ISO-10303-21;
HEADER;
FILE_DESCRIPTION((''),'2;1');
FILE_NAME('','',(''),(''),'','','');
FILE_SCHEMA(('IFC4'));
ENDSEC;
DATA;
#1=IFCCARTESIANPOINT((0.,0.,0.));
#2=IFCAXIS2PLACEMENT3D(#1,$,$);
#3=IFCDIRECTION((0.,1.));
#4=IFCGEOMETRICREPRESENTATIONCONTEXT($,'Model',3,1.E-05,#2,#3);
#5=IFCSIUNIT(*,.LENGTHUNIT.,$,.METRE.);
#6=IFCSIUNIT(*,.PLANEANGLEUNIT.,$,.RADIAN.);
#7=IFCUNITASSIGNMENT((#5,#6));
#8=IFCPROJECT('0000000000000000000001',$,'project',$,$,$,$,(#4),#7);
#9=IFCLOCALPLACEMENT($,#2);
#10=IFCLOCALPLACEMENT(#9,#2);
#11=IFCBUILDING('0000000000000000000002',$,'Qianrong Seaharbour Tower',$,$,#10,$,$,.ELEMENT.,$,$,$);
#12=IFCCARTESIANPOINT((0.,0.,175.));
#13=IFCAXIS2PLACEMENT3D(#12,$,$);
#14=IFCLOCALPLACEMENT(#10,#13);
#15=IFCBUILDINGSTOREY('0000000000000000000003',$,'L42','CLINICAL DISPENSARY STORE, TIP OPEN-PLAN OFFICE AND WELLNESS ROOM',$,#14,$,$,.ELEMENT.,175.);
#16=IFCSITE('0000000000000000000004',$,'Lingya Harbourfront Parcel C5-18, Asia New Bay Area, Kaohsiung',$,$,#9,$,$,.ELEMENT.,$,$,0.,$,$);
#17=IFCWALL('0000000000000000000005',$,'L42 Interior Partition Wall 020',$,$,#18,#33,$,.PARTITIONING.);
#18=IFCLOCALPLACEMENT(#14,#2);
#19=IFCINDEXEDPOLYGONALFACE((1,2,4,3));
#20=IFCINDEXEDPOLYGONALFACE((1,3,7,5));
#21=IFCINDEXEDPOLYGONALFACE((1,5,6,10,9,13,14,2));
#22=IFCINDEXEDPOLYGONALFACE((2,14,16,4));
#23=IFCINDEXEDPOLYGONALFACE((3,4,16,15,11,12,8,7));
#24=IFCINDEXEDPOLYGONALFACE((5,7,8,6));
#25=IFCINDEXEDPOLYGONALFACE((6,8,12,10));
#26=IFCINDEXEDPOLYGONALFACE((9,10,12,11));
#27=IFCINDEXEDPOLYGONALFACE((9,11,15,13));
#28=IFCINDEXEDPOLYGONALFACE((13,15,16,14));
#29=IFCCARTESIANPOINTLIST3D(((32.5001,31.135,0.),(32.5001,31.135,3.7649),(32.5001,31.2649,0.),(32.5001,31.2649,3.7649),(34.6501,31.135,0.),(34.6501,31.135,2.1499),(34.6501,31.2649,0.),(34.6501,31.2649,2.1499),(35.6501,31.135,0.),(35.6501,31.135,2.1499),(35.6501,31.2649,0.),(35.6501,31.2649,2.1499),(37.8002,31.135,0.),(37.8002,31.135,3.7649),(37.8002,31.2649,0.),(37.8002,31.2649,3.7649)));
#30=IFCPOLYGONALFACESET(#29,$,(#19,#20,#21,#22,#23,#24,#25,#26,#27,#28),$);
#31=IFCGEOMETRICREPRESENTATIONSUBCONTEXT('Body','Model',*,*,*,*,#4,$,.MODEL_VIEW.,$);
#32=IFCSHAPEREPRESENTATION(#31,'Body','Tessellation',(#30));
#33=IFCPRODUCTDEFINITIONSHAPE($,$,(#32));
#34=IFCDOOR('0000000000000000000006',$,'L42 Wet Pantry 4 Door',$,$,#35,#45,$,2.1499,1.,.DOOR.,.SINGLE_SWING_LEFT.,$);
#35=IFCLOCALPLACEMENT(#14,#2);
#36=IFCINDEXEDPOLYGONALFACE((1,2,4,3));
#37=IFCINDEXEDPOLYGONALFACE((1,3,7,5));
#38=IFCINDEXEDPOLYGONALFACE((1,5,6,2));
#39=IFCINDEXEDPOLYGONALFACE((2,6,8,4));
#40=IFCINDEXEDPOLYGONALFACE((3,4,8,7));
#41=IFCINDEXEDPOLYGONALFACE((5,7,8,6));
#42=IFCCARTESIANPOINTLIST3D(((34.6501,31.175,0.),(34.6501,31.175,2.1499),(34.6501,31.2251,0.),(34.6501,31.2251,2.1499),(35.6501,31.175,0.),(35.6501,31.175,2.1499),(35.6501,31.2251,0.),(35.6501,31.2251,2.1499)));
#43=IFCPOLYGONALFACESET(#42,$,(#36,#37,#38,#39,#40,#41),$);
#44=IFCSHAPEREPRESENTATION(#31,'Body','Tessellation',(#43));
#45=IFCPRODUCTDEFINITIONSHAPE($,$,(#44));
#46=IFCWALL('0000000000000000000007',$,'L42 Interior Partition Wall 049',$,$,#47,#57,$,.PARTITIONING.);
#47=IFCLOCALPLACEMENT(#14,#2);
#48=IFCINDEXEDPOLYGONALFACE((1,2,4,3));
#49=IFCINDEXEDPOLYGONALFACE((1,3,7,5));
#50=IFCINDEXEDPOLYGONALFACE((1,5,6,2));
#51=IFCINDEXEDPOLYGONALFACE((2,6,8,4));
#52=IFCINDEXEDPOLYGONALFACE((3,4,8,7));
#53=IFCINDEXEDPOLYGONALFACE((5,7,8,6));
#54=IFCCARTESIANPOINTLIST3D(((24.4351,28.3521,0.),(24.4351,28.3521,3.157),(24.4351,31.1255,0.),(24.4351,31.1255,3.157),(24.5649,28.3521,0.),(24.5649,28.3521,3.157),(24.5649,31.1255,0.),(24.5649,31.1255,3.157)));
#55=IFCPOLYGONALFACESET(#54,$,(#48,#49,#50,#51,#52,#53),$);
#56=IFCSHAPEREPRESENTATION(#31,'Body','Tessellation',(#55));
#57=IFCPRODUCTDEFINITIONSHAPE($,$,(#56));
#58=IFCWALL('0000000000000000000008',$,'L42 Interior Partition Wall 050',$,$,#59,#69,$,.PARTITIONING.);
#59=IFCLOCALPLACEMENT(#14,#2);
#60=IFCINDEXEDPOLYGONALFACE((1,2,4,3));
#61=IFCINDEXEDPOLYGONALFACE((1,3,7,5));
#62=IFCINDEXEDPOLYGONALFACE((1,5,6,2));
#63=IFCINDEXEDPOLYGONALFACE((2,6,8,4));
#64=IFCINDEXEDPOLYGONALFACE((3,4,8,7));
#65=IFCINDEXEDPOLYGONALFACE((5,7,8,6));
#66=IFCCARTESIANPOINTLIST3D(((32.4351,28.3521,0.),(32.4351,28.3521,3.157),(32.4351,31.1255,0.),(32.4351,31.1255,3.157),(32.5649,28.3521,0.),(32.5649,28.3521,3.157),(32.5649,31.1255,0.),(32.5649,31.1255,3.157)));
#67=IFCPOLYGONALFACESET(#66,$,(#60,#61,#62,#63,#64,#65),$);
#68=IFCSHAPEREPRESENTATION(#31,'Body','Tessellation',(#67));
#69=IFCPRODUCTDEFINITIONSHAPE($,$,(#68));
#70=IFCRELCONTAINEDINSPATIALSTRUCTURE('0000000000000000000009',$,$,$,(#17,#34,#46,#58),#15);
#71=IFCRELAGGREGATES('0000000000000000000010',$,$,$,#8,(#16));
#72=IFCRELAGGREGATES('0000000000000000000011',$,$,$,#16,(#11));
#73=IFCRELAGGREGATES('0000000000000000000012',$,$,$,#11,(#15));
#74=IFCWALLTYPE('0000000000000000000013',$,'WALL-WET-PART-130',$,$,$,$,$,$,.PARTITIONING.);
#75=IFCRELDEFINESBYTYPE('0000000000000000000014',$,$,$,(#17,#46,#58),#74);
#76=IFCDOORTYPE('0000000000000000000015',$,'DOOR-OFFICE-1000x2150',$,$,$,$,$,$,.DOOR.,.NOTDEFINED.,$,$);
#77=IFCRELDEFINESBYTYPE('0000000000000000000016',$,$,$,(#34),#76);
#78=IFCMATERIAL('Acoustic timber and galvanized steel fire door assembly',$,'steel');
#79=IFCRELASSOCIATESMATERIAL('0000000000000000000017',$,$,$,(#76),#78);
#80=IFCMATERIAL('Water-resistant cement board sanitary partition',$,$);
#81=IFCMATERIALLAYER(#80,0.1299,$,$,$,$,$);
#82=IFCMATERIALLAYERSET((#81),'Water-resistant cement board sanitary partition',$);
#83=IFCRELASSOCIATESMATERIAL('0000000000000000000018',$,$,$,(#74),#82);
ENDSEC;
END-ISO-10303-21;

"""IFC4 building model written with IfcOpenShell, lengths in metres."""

from ifc_helpers import new_model, si_unit, direction, frame, frame_2d, origin, place, context, subcontext, project, spatial, rectangle, extrude, material, layer, layer_set, type_object, element, fill, save


model = new_model("IFC4")

# Units and contexts
model_context = context("Model", 3, precision=1e-05, world=origin(), true_north=direction((0.0, 1.0)))
body_context = subcontext(model_context, "Body", "Model", "MODEL_VIEW")
ifc_project = project(units=[si_unit("LENGTHUNIT", "METRE"), si_unit("PLANEANGLEUNIT", "RADIAN")], contexts=[model_context])

# Site, building, storey
site_placement = place(None, origin())
site = spatial("IfcSite", under=ifc_project, at=site_placement, Name="Lingya Harbourfront Parcel C5-18, Asia New Bay Area, Kaohsiung", CompositionType="ELEMENT", RefElevation=0.0)
building_placement = place(site_placement, origin())
building = spatial("IfcBuilding", under=site, at=building_placement, Name="Qianrong Seaharbour Tower", CompositionType="ELEMENT")
storey_placement = place(building_placement, frame((0.0, 0.0, 175.0)))
storey = spatial("IfcBuildingStorey", under=building, at=storey_placement, Name="L42", Description="CLINICAL DISPENSARY STORE, TIP OPEN-PLAN OFFICE AND WELLNESS ROOM", CompositionType="ELEMENT", Elevation=175.0)

# Shared definitions
ifc_material_1 = material(Name="Acoustic timber and galvanized steel fire door assembly", Category="steel")
door_type = type_object("IfcDoorType", Name="DOOR-OFFICE-1000x2150", OperationType="NOTDEFINED", PredefinedType="DOOR", material=ifc_material_1)

# Wall, opening, door
ifc_material_2 = material(Name="Water-resistant cement board sanitary partition")
ifc_layer_1 = layer(ifc_material_2, 0.1299)
ifc_layer_set_1 = layer_set([ifc_layer_1], Name="Water-resistant cement board sanitary partition")
wall_type_1 = type_object("IfcWallType", Name="WALL-WET-PART-130", PredefinedType="PARTITIONING", material=ifc_layer_set_1)
wall_1_placement = place(storey_placement, frame((37.8, 31.2, 0.0), z_axis=(0.0, 0.0, 1.0), x_axis=(-1.0, 0.0, 0.0)))
wall_1 = element("IfcWall", 1, at=wall_1_placement, inside=storey, type_object=wall_type_1, Name="L42 Interior Partition Wall 020", PredefinedType="PARTITIONING", context=body_context, shape_type="SweptSolid", body=[
    extrude(rectangle(XDim=5.3, YDim=0.1299, at=frame_2d((2.6499, 0.0))), origin(), (0.0, 0.0, 1.0), 3.7649),
])
opening_1_placement = place(wall_1_placement, frame((2.1499, 0.0, 0.0)))
opening_1 = element("IfcOpeningElement", 2, at=opening_1_placement, cuts=wall_1, PredefinedType="OPENING", context=body_context, shape_type="SweptSolid", body=[
    extrude(rectangle(XDim=1.0, YDim=2.1499, at=frame_2d((0.5, 1.075))), frame((0.0, 0.075, 0.0), z_axis=(0.0, -1.0, 0.0), x_axis=(1.0, 0.0, 0.0)), (0.0, 0.0, 1.0), 0.1499),
])
door_1_placement = place(opening_1_placement, origin())
door_1 = element("IfcDoor", 3, at=door_1_placement, inside=storey, type_object=door_type, Name="L42 Wet Pantry 4 Door", OperationType="SINGLE_SWING_LEFT", OverallHeight=2.1499, OverallWidth=1.0, PredefinedType="DOOR", context=body_context, shape_type="SweptSolid", body=[
    extrude(rectangle(XDim=1.0, YDim=2.1499, at=frame_2d((0.5, 1.075))), frame((0.0, 0.0249, 0.0), z_axis=(0.0, -1.0, 0.0), x_axis=(1.0, 0.0, 0.0)), (0.0, 0.0, 1.0), 0.05),
])
fill(opening_1, door_1)

# Walls
for number, where, z_axis, x_axis, name in (
    (4, (24.5, 31.1255, 0.0), (0.0, 0.0, 1.0), (0.0, -1.0, 0.0), "L42 Interior Partition Wall 049"),
    (5, (32.5, 31.1255, 0.0), (0.0, 0.0, 1.0), (0.0, -1.0, 0.0), "L42 Interior Partition Wall 050"),
):
    element("IfcWall", number, at=place(storey_placement, frame(where, z_axis=z_axis, x_axis=x_axis)), inside=storey, type_object=wall_type_1, Name=name, PredefinedType="PARTITIONING", context=body_context, shape_type="SweptSolid", body=[
        extrude(rectangle(XDim=2.7734, YDim=0.1299, at=frame_2d((1.3867, 0.0))), origin(), (0.0, 0.0, 1.0), 3.157),
    ])

save(model, "model.ifc")
